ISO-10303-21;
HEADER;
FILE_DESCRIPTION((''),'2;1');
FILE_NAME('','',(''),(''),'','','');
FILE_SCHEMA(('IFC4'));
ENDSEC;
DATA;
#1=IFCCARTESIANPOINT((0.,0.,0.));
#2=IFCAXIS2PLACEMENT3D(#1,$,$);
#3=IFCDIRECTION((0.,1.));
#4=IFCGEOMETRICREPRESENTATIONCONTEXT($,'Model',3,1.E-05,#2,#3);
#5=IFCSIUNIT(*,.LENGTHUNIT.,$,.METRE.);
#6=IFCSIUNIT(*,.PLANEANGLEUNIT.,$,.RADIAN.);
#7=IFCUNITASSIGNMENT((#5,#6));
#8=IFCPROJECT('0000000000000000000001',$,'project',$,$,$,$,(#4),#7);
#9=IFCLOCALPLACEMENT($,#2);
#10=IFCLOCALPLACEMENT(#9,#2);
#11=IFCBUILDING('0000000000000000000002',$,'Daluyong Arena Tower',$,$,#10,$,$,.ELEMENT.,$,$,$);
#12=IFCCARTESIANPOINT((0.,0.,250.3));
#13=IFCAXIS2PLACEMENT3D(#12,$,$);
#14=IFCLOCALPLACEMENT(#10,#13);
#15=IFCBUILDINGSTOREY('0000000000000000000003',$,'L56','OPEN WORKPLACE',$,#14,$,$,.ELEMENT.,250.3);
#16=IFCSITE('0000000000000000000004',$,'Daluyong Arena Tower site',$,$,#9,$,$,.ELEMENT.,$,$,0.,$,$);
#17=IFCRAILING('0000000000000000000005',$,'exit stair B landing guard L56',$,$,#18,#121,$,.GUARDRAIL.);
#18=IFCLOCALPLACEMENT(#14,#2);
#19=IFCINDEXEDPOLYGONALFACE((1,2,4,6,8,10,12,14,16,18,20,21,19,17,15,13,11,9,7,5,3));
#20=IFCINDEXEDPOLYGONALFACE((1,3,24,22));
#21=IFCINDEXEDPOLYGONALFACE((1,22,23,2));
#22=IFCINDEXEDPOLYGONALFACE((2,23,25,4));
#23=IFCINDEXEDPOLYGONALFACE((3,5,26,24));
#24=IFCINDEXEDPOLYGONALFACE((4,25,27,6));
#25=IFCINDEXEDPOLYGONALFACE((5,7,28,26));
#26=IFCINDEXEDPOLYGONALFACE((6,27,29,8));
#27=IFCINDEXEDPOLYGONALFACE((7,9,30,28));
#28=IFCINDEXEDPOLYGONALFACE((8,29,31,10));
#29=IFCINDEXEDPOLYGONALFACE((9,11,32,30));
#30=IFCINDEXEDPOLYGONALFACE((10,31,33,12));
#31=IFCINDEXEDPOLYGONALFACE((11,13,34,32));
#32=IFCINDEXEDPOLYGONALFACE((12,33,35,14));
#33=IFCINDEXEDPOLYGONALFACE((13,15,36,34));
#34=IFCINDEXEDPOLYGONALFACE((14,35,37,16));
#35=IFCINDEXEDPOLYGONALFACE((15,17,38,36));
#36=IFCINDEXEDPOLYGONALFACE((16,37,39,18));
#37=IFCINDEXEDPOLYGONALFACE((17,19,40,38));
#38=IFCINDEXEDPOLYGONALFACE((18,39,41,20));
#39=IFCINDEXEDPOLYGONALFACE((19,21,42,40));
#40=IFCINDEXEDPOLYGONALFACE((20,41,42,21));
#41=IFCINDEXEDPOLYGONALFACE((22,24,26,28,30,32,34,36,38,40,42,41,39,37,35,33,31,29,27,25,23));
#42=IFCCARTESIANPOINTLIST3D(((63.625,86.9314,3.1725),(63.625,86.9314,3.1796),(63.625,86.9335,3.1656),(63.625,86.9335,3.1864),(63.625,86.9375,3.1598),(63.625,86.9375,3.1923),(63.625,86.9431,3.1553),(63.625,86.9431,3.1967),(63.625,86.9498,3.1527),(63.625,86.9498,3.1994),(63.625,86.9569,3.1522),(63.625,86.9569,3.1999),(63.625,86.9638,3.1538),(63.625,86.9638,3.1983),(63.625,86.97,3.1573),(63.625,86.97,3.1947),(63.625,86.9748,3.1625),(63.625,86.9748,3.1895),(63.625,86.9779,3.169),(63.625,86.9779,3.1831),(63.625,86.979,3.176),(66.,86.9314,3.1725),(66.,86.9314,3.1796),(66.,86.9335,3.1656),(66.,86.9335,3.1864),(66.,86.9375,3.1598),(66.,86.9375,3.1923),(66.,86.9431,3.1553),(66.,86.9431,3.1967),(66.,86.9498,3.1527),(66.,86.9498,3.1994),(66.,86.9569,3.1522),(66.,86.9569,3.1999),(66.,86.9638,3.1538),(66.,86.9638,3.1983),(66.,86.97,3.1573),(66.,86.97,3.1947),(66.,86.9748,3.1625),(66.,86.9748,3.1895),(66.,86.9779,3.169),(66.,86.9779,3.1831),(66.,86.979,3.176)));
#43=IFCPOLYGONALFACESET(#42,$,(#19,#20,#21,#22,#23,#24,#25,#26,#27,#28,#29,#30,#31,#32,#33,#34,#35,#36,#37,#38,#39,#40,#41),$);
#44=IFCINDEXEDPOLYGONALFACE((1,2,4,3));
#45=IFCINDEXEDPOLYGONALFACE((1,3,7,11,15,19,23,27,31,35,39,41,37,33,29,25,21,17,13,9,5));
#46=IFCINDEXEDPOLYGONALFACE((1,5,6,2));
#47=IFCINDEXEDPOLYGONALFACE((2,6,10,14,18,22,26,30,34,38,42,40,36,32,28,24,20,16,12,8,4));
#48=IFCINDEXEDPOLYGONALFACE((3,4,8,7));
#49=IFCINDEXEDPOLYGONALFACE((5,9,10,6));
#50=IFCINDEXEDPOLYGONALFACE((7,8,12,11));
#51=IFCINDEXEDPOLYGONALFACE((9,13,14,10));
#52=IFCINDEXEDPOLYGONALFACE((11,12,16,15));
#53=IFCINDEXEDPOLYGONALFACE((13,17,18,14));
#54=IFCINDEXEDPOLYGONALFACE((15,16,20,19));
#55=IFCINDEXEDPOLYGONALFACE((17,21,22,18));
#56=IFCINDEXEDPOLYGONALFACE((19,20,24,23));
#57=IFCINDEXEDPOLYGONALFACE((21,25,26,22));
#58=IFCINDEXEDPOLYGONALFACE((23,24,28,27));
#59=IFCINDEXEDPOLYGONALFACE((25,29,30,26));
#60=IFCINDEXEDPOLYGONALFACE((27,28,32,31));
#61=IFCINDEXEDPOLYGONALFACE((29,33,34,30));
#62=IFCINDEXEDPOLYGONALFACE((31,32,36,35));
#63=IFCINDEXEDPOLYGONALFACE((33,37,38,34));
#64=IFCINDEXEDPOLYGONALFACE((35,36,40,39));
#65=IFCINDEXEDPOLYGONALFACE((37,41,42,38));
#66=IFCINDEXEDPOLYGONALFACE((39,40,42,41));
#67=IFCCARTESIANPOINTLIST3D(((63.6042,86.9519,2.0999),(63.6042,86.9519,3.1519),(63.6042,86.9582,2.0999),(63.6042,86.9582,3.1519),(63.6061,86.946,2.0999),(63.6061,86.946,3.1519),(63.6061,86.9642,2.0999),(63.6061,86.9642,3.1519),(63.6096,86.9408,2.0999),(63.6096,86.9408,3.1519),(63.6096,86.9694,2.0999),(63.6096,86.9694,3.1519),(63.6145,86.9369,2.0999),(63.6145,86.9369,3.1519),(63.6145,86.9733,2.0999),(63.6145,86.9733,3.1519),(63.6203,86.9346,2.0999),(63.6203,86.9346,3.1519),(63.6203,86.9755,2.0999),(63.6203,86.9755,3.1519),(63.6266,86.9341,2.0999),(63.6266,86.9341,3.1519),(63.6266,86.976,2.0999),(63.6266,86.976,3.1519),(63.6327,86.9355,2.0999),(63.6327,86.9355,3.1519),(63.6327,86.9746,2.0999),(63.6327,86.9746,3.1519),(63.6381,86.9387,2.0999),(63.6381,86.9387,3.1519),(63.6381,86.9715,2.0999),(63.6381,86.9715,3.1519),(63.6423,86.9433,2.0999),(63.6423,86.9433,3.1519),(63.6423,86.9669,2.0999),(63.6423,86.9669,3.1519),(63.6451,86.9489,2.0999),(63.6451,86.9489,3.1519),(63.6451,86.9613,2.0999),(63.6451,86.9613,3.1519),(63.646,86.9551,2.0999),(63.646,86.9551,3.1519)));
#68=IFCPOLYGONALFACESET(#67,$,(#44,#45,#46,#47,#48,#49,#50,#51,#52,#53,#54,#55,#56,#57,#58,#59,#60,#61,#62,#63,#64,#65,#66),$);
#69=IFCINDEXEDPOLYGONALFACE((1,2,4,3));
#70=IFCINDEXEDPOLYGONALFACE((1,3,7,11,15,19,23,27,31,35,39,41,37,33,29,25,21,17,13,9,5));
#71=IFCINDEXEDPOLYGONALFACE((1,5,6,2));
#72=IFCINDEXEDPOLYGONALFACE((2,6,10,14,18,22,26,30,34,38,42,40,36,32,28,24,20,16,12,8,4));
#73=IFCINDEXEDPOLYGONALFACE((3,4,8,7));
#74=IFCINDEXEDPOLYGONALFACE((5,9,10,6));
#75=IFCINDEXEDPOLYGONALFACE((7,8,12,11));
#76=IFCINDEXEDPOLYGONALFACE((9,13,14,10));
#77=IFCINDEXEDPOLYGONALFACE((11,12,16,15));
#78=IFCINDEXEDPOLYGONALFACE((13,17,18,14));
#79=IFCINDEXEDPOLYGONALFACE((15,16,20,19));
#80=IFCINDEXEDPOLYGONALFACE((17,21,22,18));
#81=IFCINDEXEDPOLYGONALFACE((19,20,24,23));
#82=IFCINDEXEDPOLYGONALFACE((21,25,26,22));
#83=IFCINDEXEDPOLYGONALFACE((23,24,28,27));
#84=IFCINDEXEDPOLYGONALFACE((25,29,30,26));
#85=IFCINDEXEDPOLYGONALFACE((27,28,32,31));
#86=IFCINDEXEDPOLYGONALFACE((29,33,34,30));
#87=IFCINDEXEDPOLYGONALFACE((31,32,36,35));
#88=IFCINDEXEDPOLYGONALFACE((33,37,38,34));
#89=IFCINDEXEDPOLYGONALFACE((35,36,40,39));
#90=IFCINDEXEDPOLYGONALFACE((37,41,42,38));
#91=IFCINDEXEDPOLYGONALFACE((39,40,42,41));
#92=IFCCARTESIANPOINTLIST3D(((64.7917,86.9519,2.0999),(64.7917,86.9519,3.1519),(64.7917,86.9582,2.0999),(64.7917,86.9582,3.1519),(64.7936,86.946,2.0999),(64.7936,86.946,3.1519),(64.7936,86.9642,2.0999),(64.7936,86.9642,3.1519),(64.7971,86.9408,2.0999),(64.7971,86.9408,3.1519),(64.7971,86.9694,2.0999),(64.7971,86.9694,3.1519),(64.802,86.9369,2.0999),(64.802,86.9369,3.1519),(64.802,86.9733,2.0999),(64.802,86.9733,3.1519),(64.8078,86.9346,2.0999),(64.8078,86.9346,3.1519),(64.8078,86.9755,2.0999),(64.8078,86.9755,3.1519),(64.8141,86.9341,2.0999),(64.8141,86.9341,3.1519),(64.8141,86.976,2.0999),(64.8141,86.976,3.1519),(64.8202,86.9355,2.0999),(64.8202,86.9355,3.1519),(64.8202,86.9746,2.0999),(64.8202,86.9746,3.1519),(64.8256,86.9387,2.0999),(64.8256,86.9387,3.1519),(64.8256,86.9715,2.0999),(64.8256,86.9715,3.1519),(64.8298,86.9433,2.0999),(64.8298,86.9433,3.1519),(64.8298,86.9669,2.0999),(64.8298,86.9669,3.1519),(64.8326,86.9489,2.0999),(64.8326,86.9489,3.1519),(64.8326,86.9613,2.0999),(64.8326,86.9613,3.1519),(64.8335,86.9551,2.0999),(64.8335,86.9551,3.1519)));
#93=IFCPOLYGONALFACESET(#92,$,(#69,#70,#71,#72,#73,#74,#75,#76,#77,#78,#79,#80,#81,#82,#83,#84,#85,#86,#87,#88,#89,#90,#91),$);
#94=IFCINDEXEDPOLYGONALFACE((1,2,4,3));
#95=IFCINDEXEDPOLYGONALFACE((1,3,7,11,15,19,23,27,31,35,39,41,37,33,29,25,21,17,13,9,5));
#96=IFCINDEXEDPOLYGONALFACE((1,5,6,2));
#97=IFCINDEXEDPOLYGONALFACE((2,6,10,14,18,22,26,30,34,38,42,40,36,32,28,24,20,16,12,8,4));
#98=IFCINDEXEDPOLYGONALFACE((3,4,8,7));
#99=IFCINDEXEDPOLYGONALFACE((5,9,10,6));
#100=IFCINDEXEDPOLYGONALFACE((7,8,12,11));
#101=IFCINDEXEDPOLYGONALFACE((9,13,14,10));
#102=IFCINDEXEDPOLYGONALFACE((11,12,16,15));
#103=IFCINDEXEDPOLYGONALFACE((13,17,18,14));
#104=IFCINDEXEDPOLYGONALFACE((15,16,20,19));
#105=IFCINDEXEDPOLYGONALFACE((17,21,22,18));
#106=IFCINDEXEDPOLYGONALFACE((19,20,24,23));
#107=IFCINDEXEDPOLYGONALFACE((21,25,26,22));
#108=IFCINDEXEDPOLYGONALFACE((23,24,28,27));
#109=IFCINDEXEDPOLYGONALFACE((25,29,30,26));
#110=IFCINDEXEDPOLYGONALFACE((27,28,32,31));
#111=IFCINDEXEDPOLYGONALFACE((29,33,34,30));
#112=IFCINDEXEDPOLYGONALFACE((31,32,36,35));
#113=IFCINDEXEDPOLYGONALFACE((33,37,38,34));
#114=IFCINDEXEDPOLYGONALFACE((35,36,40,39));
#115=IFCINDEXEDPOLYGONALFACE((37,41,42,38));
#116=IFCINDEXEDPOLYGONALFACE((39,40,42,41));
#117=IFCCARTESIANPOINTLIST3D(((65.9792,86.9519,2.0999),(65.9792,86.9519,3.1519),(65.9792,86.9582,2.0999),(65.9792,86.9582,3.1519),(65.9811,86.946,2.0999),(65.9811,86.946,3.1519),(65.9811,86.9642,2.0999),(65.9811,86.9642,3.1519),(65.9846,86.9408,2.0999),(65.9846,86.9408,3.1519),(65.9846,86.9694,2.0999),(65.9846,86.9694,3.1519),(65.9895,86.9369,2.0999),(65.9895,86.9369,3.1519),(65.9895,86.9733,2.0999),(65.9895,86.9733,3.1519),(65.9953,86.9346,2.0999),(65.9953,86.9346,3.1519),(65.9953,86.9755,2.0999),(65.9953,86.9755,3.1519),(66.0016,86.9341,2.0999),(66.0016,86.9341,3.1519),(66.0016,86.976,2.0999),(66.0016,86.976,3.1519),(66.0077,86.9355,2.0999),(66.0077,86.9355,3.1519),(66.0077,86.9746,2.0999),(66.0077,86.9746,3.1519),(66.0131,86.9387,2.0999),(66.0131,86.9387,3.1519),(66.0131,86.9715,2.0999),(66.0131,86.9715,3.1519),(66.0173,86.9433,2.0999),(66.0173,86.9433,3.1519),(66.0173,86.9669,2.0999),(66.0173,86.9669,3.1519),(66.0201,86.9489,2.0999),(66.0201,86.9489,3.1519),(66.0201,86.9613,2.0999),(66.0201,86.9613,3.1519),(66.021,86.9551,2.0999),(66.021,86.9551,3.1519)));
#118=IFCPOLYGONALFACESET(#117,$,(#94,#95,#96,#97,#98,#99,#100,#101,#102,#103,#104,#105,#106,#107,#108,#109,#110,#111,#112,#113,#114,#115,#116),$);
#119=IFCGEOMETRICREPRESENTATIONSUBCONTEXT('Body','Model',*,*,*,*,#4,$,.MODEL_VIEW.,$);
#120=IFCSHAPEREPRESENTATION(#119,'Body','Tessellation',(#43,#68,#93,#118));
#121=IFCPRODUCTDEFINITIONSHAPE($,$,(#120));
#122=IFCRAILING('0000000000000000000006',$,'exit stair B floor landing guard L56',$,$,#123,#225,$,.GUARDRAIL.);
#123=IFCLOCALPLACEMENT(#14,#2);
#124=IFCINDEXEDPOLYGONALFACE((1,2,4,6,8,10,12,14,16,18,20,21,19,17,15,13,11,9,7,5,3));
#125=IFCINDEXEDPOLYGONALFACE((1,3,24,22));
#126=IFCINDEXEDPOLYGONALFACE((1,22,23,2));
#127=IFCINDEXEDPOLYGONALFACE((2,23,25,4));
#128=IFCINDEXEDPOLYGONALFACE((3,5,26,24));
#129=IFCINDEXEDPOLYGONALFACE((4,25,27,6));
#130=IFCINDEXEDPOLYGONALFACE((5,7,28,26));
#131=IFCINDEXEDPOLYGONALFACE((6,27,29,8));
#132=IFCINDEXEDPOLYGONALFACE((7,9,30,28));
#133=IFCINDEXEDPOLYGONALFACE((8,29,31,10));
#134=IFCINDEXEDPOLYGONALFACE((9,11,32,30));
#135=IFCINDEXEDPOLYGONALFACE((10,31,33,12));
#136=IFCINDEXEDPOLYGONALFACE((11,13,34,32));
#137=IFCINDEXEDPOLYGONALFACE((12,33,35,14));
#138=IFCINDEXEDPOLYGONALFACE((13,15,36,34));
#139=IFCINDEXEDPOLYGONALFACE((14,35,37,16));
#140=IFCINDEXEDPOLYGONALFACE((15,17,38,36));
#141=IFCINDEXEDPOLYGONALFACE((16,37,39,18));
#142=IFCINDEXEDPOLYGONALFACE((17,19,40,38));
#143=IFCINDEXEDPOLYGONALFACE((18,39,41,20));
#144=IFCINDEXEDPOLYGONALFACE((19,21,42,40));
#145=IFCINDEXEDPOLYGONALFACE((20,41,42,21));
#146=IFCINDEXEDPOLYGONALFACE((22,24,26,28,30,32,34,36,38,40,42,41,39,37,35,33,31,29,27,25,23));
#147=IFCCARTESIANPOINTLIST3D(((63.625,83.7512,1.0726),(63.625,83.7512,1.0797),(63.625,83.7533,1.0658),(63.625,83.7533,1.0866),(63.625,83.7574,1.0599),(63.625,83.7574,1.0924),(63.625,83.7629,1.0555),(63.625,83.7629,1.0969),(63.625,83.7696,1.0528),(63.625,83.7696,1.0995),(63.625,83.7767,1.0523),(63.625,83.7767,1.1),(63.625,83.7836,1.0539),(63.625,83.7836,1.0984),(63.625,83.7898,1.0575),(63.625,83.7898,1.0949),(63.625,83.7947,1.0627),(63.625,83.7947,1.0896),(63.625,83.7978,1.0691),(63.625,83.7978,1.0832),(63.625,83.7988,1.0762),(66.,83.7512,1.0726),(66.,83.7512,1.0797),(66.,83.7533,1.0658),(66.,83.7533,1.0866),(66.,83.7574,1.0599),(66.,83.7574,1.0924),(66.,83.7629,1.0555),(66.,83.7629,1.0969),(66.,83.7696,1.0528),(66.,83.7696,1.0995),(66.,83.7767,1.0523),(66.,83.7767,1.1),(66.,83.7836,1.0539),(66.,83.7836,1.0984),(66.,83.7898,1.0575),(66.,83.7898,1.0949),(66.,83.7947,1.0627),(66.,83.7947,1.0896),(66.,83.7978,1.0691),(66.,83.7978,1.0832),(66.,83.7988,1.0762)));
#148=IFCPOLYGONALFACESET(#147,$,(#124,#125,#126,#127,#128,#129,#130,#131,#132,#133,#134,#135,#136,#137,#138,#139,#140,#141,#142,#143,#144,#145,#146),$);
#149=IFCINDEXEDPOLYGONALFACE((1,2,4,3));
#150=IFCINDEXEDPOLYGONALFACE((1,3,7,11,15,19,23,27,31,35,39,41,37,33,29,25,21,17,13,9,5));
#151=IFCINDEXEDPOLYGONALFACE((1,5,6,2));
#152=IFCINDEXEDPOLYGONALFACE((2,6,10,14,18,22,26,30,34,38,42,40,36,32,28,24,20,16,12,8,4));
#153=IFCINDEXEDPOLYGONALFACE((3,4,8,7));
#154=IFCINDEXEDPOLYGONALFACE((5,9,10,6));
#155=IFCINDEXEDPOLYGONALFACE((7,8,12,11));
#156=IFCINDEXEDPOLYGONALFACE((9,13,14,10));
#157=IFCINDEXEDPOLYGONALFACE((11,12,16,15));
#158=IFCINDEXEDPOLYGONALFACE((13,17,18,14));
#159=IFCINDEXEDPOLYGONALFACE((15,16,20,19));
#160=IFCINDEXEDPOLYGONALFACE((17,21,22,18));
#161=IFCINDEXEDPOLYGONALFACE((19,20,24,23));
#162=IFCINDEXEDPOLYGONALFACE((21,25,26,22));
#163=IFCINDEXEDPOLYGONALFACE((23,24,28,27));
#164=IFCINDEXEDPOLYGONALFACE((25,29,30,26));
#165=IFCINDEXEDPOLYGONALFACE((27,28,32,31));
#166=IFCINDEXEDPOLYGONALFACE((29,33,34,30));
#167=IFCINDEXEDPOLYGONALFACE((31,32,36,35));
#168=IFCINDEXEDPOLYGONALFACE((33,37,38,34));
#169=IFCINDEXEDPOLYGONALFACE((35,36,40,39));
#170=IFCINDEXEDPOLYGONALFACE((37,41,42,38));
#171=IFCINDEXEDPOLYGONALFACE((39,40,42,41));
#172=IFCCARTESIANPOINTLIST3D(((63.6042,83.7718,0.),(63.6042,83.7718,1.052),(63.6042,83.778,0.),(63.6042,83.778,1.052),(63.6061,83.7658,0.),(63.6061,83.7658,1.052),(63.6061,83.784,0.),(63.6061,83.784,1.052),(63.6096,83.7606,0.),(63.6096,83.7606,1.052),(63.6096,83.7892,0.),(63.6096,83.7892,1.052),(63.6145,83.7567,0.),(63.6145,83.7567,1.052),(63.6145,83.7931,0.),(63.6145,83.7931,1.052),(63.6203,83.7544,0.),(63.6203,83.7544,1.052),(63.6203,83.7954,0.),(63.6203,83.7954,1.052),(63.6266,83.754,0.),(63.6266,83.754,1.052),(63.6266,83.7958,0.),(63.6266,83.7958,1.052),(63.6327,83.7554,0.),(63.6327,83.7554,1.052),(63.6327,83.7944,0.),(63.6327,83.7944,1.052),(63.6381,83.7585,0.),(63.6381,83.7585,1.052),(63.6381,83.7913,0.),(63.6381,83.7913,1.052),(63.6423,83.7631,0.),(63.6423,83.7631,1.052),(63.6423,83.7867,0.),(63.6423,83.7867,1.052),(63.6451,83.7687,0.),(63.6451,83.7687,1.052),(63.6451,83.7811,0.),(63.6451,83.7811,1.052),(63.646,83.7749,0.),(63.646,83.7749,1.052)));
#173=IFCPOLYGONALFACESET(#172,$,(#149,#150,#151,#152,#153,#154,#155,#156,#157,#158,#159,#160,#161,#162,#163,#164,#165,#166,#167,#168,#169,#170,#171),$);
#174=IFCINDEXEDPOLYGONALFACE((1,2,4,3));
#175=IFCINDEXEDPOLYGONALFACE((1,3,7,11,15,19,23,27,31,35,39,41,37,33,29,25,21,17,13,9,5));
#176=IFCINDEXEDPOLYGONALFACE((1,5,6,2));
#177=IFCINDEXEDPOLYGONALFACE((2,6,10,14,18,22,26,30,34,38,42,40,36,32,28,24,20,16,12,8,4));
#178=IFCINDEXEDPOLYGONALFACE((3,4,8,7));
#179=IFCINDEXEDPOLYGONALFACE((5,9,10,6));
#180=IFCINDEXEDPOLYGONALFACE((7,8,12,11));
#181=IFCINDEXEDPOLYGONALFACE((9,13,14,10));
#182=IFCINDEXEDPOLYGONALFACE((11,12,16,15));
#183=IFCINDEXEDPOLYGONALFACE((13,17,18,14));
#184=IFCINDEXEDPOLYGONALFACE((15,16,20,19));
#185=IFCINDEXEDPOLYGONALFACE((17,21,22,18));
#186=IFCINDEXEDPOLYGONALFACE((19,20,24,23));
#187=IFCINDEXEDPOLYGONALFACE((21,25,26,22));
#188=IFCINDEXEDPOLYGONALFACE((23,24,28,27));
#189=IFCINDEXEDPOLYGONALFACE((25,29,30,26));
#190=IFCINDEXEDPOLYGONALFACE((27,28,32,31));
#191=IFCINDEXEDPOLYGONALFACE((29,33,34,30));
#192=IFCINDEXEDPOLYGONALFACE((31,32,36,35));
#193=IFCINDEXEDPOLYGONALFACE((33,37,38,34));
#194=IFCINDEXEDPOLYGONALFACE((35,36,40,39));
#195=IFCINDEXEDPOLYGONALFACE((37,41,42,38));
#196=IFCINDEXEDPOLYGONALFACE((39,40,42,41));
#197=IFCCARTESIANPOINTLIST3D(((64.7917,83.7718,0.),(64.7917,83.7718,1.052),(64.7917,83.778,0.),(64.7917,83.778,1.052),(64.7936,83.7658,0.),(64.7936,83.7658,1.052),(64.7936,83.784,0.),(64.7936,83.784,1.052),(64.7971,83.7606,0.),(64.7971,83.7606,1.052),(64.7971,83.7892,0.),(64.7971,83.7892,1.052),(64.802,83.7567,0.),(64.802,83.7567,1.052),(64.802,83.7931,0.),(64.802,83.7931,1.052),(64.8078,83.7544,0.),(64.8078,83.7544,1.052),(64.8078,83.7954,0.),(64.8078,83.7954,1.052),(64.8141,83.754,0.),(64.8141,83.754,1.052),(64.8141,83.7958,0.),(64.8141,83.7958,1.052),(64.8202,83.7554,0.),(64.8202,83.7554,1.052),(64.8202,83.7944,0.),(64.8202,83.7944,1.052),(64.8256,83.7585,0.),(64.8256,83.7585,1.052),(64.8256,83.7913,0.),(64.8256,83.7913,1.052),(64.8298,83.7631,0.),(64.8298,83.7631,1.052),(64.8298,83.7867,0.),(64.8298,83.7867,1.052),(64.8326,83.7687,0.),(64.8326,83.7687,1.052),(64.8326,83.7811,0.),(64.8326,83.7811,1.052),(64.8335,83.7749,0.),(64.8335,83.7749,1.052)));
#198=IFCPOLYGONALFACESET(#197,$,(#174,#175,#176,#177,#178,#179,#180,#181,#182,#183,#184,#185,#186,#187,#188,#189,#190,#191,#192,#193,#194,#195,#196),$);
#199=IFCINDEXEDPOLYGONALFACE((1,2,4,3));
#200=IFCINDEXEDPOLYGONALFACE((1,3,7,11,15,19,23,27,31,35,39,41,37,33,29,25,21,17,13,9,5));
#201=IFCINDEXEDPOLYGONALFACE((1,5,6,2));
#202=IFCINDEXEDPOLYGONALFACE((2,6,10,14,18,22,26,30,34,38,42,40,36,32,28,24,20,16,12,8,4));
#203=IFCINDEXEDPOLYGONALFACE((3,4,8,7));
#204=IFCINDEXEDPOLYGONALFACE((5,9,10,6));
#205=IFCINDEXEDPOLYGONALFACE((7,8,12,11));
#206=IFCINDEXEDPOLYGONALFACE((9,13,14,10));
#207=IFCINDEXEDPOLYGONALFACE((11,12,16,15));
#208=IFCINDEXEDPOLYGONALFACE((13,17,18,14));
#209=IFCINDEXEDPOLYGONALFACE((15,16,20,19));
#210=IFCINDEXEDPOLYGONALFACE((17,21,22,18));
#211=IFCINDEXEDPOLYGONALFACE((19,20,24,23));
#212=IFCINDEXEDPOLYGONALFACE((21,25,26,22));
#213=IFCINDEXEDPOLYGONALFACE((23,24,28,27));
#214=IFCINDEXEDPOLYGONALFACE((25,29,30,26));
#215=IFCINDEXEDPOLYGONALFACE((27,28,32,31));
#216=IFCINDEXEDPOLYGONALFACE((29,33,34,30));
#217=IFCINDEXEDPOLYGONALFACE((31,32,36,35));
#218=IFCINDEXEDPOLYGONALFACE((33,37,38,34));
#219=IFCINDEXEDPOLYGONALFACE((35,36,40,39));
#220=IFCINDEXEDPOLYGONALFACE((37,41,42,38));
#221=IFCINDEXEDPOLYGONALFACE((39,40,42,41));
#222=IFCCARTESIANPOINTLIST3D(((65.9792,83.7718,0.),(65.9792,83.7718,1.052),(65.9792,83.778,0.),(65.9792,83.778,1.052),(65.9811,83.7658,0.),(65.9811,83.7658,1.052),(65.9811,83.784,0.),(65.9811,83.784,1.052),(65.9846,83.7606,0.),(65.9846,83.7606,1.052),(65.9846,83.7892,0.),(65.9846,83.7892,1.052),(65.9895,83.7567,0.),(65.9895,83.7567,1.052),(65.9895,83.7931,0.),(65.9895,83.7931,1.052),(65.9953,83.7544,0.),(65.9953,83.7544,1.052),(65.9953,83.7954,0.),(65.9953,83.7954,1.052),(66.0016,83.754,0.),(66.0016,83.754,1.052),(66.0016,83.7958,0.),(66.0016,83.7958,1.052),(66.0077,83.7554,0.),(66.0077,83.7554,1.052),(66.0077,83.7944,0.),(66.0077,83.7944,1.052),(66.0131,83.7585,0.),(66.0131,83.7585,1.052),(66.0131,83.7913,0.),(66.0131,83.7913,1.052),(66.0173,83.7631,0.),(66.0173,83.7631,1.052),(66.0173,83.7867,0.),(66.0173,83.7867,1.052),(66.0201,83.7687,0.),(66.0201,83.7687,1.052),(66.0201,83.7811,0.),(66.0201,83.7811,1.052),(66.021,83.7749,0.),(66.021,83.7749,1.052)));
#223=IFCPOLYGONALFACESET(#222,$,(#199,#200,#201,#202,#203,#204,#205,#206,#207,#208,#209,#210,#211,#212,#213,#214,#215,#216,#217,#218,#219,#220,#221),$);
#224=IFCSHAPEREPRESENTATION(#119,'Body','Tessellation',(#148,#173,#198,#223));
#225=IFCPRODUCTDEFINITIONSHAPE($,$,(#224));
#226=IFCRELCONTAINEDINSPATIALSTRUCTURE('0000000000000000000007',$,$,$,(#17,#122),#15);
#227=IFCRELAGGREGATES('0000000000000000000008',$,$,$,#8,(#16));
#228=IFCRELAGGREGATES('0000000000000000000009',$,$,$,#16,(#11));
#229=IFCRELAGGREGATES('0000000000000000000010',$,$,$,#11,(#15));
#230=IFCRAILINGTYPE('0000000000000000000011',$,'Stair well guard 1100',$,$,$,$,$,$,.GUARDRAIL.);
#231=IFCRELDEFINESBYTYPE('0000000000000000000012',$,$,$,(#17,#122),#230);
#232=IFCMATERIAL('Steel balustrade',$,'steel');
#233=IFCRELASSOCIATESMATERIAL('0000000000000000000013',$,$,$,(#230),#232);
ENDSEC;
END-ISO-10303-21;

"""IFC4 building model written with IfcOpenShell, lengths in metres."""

from ifc_helpers import new_model, si_unit, direction, frame, origin, origin_2d, place, context, subcontext, project, spatial, circle, extrude, material, type_object, element, save


model = new_model("IFC4")

# Units and contexts
model_context = context("Model", 3, precision=1e-05, world=origin(), true_north=direction((0.0, 1.0)))
body_context = subcontext(model_context, "Body", "Model", "MODEL_VIEW")
ifc_project = project(units=[si_unit("LENGTHUNIT", "METRE"), si_unit("PLANEANGLEUNIT", "RADIAN")], contexts=[model_context])

# Site, building, storey
site_placement = place(None, origin())
site = spatial("IfcSite", under=ifc_project, at=site_placement, Name="Daluyong Arena Tower site", CompositionType="ELEMENT", RefElevation=0.0)
building_placement = place(site_placement, origin())
building = spatial("IfcBuilding", under=site, at=building_placement, Name="Daluyong Arena Tower", CompositionType="ELEMENT")
storey_placement = place(building_placement, frame((0.0, 0.0, 250.3)))
storey = spatial("IfcBuildingStorey", under=building, at=storey_placement, Name="L56", Description="OPEN WORKPLACE", CompositionType="ELEMENT", Elevation=250.3)

# Railings
ifc_material_1 = material(Name="Steel balustrade", Category="steel")
railing_type_1 = type_object("IfcRailingType", Name="Stair well guard 1100", PredefinedType="GUARDRAIL", material=ifc_material_1)
for number, where, name in (
    (1, (63.625, 86.9551, 2.0999), "exit stair B landing guard L56"),
    (2, (63.625, 83.7749, 0.0), "exit stair B floor landing guard L56"),
):
    element("IfcRailing", number, at=place(storey_placement, frame(where)), inside=storey, type_object=railing_type_1, Name=name, PredefinedType="GUARDRAIL", context=body_context, shape_type="SweptSolid", body=[
        extrude(circle(Radius=0.0239, at=origin_2d()), frame((0.0, 0.0, 1.0762), z_axis=(1.0, 0.0, 0.0), x_axis=(0.0, 1.0, 0.0)), (0.0, 0.0, 1.0), 2.375),
        extrude(circle(Radius=0.021, at=origin_2d()), origin(), (0.0, 0.0, 1.0), 1.052),
        extrude(circle(Radius=0.021, at=origin_2d()), frame((1.1875, 0.0, 0.0)), (0.0, 0.0, 1.0), 1.052),
        extrude(circle(Radius=0.021, at=origin_2d()), frame((2.375, 0.0, 0.0)), (0.0, 0.0, 1.0), 1.052),
    ])

save(model, "model.ifc")
